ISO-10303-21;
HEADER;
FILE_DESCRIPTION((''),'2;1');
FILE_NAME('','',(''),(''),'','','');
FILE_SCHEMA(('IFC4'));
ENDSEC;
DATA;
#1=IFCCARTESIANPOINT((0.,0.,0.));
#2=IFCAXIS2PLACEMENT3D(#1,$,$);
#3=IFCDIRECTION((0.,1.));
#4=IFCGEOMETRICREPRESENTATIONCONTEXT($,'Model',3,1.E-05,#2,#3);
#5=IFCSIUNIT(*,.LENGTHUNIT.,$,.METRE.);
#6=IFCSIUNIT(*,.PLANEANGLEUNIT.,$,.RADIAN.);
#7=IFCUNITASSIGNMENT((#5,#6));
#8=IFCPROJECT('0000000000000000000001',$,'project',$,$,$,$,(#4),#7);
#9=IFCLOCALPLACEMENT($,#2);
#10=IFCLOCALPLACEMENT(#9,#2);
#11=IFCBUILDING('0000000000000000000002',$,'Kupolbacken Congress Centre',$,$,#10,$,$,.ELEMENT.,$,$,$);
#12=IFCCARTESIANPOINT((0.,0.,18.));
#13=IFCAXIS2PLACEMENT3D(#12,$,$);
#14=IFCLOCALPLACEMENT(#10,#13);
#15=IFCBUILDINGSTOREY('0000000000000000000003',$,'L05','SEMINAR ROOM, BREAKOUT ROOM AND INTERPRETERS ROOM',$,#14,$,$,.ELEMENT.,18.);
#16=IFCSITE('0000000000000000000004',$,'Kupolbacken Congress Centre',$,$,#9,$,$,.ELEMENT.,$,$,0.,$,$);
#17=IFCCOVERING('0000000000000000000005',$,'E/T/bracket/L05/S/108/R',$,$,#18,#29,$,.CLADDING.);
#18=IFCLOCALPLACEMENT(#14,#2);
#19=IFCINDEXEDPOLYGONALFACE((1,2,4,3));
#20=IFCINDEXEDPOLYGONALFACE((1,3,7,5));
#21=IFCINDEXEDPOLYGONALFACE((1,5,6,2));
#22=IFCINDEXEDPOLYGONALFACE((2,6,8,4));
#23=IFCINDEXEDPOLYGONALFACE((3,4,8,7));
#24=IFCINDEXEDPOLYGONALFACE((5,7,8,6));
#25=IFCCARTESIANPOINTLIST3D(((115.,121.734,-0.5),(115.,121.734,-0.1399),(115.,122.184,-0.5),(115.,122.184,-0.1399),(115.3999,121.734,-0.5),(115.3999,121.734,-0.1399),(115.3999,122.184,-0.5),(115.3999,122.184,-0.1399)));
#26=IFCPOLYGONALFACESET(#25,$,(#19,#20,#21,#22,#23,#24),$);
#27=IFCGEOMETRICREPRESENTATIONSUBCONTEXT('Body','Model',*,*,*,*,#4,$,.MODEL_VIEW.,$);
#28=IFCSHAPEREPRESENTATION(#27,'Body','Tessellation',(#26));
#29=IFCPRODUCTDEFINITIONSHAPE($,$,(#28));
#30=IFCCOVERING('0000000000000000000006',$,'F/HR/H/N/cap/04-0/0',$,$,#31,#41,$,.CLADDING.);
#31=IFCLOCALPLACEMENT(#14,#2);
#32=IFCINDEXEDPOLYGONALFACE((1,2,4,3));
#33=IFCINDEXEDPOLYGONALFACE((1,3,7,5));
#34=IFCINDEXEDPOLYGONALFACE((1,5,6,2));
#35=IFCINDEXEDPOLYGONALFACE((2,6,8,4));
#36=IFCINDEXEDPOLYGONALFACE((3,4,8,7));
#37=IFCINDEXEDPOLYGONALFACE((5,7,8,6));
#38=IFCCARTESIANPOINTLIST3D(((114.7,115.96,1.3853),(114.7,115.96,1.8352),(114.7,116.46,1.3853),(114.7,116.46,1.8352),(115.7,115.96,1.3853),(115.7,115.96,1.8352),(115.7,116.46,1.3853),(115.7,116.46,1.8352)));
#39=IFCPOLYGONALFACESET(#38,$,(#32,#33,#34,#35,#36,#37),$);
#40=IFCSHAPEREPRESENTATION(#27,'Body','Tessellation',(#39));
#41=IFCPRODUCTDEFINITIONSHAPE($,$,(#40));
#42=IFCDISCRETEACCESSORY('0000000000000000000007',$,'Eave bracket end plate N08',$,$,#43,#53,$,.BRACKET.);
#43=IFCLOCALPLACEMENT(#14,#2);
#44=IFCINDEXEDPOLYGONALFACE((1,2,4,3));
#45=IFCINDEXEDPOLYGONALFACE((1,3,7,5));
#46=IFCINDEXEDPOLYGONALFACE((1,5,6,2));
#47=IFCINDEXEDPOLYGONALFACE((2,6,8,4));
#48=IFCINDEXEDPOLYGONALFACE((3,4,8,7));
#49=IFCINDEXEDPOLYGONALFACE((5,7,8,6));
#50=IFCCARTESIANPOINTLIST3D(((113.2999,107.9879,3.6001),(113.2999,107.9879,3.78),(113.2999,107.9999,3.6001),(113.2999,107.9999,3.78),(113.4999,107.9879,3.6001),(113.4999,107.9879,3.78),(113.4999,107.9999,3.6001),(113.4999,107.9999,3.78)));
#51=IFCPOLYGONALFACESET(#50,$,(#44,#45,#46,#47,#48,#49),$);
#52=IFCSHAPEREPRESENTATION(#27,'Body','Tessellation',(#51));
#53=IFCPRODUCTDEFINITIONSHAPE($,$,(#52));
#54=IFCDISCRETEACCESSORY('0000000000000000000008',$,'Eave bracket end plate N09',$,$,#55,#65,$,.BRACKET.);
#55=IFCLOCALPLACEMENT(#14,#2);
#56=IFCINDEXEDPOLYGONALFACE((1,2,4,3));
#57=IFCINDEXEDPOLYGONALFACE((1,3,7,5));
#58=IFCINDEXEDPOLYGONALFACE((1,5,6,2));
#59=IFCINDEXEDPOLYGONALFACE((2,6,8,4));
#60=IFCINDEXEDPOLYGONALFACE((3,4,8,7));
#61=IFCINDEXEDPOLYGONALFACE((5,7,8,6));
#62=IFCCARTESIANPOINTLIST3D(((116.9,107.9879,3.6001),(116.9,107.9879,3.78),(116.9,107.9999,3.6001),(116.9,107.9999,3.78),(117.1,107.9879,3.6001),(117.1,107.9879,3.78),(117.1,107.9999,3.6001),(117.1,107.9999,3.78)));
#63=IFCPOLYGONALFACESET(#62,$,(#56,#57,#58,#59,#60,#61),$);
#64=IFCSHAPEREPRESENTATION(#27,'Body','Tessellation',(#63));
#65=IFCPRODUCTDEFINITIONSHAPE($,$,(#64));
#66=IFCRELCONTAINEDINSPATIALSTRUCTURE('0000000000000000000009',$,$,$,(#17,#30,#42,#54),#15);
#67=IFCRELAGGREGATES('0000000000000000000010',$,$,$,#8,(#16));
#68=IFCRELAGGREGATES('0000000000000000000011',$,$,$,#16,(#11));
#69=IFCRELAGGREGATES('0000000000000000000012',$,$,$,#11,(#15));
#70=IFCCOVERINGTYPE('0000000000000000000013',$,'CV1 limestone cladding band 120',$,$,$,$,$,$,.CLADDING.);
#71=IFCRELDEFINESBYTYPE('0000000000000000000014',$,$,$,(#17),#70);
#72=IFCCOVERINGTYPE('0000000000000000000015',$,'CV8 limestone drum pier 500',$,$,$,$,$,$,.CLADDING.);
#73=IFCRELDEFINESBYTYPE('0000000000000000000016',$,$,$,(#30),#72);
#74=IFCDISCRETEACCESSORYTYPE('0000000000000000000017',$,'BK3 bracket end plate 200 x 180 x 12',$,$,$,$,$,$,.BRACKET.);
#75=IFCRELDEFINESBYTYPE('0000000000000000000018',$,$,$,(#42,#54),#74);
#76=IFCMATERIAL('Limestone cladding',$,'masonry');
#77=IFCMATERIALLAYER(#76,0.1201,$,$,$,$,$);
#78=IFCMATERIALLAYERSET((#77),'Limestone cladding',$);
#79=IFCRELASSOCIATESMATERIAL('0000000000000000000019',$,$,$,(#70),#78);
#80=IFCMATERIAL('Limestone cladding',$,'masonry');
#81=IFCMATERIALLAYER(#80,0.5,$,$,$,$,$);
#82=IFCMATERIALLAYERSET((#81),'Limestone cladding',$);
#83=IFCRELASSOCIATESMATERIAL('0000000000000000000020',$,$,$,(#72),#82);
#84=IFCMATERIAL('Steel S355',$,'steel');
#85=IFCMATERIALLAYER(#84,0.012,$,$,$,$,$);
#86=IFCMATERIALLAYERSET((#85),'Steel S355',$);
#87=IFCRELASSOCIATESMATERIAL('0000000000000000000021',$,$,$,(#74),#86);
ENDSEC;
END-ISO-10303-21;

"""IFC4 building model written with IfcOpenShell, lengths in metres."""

from ifc_helpers import new_model, si_unit, direction, frame, origin, origin_2d, place, context, subcontext, project, spatial, rectangle, extrude, material, layer, layer_set, type_object, element, save


model = new_model("IFC4")

# Units and contexts
model_context = context("Model", 3, precision=1e-05, world=origin(), true_north=direction((0.0, 1.0)))
body_context = subcontext(model_context, "Body", "Model", "MODEL_VIEW")
ifc_project = project(units=[si_unit("LENGTHUNIT", "METRE"), si_unit("PLANEANGLEUNIT", "RADIAN")], contexts=[model_context])

# Site, building, storey
site_placement = place(None, origin())
site = spatial("IfcSite", under=ifc_project, at=site_placement, Name="Kupolbacken Congress Centre", CompositionType="ELEMENT", RefElevation=0.0)
building_placement = place(site_placement, origin())
building = spatial("IfcBuilding", under=site, at=building_placement, Name="Kupolbacken Congress Centre", CompositionType="ELEMENT")
storey_placement = place(building_placement, frame((0.0, 0.0, 18.0)))
storey = spatial("IfcBuildingStorey", under=building, at=storey_placement, Name="L05", Description="SEMINAR ROOM, BREAKOUT ROOM AND INTERPRETERS ROOM", CompositionType="ELEMENT", Elevation=18.0)

# Coverings
ifc_material_1 = material(Name="Limestone cladding", Category="masonry")
ifc_layer_1 = layer(ifc_material_1, 0.1201)
ifc_layer_set_1 = layer_set([ifc_layer_1], Name="Limestone cladding")
covering_type_1 = type_object("IfcCoveringType", Name="CV1 limestone cladding band 120", PredefinedType="CLADDING", material=ifc_layer_set_1)
covering_1_placement = place(storey_placement, frame((115.2, 121.959, -0.5), z_axis=(0.0, 0.0, 1.0), x_axis=(1.0, 0.0, 0.0)))
element("IfcCovering", 1, at=covering_1_placement, inside=storey, type_object=covering_type_1, Name="E/T/bracket/L05/S/108/R", PredefinedType="CLADDING", context=body_context, shape_type="SweptSolid", body=[
    extrude(rectangle(XDim=0.3999, YDim=0.45, at=origin_2d()), origin(), (0.0, 0.0, 1.0), 0.3601),
])
ifc_material_2 = material(Name="Limestone cladding", Category="masonry")
ifc_layer_2 = layer(ifc_material_2, 0.5)
ifc_layer_set_2 = layer_set([ifc_layer_2], Name="Limestone cladding")
covering_type_2 = type_object("IfcCoveringType", Name="CV8 limestone drum pier 500", PredefinedType="CLADDING", material=ifc_layer_set_2)
covering_2_placement = place(storey_placement, frame((115.2, 116.21, 1.3853), z_axis=(0.0, 0.0, 1.0), x_axis=(1.0, 0.0, 0.0)))
element("IfcCovering", 2, at=covering_2_placement, inside=storey, type_object=covering_type_2, Name="F/HR/H/N/cap/04-0/0", PredefinedType="CLADDING", context=body_context, shape_type="SweptSolid", body=[
    extrude(rectangle(XDim=1.0, YDim=0.5, at=origin_2d()), origin(), (0.0, 0.0, 1.0), 0.45),
])

# Discrete accessories
ifc_material_3 = material(Name="Steel S355", Category="steel")
ifc_layer_3 = layer(ifc_material_3, 0.012)
ifc_layer_set_3 = layer_set([ifc_layer_3], Name="Steel S355")
discrete_accessory_type = type_object("IfcDiscreteAccessoryType", Name="BK3 bracket end plate 200 x 180 x 12", PredefinedType="BRACKET", material=ifc_layer_set_3)
for number, where, z_axis, x_axis, name in (
    (3, (113.3999, 107.9939, 3.6001), (0.0, 0.0, 1.0), (1.0, 0.0, 0.0), "Eave bracket end plate N08"),
    (4, (117.0, 107.9939, 3.6001), (0.0, 0.0, 1.0), (1.0, 0.0, 0.0), "Eave bracket end plate N09"),
):
    element("IfcDiscreteAccessory", number, at=place(storey_placement, frame(where, z_axis=z_axis, x_axis=x_axis)), inside=storey, type_object=discrete_accessory_type, Name=name, PredefinedType="BRACKET", context=body_context, shape_type="SweptSolid", body=[
        extrude(rectangle(XDim=0.2, YDim=0.012, at=origin_2d()), origin(), (0.0, 0.0, 1.0), 0.1799),
    ])

save(model, "model.ifc")
